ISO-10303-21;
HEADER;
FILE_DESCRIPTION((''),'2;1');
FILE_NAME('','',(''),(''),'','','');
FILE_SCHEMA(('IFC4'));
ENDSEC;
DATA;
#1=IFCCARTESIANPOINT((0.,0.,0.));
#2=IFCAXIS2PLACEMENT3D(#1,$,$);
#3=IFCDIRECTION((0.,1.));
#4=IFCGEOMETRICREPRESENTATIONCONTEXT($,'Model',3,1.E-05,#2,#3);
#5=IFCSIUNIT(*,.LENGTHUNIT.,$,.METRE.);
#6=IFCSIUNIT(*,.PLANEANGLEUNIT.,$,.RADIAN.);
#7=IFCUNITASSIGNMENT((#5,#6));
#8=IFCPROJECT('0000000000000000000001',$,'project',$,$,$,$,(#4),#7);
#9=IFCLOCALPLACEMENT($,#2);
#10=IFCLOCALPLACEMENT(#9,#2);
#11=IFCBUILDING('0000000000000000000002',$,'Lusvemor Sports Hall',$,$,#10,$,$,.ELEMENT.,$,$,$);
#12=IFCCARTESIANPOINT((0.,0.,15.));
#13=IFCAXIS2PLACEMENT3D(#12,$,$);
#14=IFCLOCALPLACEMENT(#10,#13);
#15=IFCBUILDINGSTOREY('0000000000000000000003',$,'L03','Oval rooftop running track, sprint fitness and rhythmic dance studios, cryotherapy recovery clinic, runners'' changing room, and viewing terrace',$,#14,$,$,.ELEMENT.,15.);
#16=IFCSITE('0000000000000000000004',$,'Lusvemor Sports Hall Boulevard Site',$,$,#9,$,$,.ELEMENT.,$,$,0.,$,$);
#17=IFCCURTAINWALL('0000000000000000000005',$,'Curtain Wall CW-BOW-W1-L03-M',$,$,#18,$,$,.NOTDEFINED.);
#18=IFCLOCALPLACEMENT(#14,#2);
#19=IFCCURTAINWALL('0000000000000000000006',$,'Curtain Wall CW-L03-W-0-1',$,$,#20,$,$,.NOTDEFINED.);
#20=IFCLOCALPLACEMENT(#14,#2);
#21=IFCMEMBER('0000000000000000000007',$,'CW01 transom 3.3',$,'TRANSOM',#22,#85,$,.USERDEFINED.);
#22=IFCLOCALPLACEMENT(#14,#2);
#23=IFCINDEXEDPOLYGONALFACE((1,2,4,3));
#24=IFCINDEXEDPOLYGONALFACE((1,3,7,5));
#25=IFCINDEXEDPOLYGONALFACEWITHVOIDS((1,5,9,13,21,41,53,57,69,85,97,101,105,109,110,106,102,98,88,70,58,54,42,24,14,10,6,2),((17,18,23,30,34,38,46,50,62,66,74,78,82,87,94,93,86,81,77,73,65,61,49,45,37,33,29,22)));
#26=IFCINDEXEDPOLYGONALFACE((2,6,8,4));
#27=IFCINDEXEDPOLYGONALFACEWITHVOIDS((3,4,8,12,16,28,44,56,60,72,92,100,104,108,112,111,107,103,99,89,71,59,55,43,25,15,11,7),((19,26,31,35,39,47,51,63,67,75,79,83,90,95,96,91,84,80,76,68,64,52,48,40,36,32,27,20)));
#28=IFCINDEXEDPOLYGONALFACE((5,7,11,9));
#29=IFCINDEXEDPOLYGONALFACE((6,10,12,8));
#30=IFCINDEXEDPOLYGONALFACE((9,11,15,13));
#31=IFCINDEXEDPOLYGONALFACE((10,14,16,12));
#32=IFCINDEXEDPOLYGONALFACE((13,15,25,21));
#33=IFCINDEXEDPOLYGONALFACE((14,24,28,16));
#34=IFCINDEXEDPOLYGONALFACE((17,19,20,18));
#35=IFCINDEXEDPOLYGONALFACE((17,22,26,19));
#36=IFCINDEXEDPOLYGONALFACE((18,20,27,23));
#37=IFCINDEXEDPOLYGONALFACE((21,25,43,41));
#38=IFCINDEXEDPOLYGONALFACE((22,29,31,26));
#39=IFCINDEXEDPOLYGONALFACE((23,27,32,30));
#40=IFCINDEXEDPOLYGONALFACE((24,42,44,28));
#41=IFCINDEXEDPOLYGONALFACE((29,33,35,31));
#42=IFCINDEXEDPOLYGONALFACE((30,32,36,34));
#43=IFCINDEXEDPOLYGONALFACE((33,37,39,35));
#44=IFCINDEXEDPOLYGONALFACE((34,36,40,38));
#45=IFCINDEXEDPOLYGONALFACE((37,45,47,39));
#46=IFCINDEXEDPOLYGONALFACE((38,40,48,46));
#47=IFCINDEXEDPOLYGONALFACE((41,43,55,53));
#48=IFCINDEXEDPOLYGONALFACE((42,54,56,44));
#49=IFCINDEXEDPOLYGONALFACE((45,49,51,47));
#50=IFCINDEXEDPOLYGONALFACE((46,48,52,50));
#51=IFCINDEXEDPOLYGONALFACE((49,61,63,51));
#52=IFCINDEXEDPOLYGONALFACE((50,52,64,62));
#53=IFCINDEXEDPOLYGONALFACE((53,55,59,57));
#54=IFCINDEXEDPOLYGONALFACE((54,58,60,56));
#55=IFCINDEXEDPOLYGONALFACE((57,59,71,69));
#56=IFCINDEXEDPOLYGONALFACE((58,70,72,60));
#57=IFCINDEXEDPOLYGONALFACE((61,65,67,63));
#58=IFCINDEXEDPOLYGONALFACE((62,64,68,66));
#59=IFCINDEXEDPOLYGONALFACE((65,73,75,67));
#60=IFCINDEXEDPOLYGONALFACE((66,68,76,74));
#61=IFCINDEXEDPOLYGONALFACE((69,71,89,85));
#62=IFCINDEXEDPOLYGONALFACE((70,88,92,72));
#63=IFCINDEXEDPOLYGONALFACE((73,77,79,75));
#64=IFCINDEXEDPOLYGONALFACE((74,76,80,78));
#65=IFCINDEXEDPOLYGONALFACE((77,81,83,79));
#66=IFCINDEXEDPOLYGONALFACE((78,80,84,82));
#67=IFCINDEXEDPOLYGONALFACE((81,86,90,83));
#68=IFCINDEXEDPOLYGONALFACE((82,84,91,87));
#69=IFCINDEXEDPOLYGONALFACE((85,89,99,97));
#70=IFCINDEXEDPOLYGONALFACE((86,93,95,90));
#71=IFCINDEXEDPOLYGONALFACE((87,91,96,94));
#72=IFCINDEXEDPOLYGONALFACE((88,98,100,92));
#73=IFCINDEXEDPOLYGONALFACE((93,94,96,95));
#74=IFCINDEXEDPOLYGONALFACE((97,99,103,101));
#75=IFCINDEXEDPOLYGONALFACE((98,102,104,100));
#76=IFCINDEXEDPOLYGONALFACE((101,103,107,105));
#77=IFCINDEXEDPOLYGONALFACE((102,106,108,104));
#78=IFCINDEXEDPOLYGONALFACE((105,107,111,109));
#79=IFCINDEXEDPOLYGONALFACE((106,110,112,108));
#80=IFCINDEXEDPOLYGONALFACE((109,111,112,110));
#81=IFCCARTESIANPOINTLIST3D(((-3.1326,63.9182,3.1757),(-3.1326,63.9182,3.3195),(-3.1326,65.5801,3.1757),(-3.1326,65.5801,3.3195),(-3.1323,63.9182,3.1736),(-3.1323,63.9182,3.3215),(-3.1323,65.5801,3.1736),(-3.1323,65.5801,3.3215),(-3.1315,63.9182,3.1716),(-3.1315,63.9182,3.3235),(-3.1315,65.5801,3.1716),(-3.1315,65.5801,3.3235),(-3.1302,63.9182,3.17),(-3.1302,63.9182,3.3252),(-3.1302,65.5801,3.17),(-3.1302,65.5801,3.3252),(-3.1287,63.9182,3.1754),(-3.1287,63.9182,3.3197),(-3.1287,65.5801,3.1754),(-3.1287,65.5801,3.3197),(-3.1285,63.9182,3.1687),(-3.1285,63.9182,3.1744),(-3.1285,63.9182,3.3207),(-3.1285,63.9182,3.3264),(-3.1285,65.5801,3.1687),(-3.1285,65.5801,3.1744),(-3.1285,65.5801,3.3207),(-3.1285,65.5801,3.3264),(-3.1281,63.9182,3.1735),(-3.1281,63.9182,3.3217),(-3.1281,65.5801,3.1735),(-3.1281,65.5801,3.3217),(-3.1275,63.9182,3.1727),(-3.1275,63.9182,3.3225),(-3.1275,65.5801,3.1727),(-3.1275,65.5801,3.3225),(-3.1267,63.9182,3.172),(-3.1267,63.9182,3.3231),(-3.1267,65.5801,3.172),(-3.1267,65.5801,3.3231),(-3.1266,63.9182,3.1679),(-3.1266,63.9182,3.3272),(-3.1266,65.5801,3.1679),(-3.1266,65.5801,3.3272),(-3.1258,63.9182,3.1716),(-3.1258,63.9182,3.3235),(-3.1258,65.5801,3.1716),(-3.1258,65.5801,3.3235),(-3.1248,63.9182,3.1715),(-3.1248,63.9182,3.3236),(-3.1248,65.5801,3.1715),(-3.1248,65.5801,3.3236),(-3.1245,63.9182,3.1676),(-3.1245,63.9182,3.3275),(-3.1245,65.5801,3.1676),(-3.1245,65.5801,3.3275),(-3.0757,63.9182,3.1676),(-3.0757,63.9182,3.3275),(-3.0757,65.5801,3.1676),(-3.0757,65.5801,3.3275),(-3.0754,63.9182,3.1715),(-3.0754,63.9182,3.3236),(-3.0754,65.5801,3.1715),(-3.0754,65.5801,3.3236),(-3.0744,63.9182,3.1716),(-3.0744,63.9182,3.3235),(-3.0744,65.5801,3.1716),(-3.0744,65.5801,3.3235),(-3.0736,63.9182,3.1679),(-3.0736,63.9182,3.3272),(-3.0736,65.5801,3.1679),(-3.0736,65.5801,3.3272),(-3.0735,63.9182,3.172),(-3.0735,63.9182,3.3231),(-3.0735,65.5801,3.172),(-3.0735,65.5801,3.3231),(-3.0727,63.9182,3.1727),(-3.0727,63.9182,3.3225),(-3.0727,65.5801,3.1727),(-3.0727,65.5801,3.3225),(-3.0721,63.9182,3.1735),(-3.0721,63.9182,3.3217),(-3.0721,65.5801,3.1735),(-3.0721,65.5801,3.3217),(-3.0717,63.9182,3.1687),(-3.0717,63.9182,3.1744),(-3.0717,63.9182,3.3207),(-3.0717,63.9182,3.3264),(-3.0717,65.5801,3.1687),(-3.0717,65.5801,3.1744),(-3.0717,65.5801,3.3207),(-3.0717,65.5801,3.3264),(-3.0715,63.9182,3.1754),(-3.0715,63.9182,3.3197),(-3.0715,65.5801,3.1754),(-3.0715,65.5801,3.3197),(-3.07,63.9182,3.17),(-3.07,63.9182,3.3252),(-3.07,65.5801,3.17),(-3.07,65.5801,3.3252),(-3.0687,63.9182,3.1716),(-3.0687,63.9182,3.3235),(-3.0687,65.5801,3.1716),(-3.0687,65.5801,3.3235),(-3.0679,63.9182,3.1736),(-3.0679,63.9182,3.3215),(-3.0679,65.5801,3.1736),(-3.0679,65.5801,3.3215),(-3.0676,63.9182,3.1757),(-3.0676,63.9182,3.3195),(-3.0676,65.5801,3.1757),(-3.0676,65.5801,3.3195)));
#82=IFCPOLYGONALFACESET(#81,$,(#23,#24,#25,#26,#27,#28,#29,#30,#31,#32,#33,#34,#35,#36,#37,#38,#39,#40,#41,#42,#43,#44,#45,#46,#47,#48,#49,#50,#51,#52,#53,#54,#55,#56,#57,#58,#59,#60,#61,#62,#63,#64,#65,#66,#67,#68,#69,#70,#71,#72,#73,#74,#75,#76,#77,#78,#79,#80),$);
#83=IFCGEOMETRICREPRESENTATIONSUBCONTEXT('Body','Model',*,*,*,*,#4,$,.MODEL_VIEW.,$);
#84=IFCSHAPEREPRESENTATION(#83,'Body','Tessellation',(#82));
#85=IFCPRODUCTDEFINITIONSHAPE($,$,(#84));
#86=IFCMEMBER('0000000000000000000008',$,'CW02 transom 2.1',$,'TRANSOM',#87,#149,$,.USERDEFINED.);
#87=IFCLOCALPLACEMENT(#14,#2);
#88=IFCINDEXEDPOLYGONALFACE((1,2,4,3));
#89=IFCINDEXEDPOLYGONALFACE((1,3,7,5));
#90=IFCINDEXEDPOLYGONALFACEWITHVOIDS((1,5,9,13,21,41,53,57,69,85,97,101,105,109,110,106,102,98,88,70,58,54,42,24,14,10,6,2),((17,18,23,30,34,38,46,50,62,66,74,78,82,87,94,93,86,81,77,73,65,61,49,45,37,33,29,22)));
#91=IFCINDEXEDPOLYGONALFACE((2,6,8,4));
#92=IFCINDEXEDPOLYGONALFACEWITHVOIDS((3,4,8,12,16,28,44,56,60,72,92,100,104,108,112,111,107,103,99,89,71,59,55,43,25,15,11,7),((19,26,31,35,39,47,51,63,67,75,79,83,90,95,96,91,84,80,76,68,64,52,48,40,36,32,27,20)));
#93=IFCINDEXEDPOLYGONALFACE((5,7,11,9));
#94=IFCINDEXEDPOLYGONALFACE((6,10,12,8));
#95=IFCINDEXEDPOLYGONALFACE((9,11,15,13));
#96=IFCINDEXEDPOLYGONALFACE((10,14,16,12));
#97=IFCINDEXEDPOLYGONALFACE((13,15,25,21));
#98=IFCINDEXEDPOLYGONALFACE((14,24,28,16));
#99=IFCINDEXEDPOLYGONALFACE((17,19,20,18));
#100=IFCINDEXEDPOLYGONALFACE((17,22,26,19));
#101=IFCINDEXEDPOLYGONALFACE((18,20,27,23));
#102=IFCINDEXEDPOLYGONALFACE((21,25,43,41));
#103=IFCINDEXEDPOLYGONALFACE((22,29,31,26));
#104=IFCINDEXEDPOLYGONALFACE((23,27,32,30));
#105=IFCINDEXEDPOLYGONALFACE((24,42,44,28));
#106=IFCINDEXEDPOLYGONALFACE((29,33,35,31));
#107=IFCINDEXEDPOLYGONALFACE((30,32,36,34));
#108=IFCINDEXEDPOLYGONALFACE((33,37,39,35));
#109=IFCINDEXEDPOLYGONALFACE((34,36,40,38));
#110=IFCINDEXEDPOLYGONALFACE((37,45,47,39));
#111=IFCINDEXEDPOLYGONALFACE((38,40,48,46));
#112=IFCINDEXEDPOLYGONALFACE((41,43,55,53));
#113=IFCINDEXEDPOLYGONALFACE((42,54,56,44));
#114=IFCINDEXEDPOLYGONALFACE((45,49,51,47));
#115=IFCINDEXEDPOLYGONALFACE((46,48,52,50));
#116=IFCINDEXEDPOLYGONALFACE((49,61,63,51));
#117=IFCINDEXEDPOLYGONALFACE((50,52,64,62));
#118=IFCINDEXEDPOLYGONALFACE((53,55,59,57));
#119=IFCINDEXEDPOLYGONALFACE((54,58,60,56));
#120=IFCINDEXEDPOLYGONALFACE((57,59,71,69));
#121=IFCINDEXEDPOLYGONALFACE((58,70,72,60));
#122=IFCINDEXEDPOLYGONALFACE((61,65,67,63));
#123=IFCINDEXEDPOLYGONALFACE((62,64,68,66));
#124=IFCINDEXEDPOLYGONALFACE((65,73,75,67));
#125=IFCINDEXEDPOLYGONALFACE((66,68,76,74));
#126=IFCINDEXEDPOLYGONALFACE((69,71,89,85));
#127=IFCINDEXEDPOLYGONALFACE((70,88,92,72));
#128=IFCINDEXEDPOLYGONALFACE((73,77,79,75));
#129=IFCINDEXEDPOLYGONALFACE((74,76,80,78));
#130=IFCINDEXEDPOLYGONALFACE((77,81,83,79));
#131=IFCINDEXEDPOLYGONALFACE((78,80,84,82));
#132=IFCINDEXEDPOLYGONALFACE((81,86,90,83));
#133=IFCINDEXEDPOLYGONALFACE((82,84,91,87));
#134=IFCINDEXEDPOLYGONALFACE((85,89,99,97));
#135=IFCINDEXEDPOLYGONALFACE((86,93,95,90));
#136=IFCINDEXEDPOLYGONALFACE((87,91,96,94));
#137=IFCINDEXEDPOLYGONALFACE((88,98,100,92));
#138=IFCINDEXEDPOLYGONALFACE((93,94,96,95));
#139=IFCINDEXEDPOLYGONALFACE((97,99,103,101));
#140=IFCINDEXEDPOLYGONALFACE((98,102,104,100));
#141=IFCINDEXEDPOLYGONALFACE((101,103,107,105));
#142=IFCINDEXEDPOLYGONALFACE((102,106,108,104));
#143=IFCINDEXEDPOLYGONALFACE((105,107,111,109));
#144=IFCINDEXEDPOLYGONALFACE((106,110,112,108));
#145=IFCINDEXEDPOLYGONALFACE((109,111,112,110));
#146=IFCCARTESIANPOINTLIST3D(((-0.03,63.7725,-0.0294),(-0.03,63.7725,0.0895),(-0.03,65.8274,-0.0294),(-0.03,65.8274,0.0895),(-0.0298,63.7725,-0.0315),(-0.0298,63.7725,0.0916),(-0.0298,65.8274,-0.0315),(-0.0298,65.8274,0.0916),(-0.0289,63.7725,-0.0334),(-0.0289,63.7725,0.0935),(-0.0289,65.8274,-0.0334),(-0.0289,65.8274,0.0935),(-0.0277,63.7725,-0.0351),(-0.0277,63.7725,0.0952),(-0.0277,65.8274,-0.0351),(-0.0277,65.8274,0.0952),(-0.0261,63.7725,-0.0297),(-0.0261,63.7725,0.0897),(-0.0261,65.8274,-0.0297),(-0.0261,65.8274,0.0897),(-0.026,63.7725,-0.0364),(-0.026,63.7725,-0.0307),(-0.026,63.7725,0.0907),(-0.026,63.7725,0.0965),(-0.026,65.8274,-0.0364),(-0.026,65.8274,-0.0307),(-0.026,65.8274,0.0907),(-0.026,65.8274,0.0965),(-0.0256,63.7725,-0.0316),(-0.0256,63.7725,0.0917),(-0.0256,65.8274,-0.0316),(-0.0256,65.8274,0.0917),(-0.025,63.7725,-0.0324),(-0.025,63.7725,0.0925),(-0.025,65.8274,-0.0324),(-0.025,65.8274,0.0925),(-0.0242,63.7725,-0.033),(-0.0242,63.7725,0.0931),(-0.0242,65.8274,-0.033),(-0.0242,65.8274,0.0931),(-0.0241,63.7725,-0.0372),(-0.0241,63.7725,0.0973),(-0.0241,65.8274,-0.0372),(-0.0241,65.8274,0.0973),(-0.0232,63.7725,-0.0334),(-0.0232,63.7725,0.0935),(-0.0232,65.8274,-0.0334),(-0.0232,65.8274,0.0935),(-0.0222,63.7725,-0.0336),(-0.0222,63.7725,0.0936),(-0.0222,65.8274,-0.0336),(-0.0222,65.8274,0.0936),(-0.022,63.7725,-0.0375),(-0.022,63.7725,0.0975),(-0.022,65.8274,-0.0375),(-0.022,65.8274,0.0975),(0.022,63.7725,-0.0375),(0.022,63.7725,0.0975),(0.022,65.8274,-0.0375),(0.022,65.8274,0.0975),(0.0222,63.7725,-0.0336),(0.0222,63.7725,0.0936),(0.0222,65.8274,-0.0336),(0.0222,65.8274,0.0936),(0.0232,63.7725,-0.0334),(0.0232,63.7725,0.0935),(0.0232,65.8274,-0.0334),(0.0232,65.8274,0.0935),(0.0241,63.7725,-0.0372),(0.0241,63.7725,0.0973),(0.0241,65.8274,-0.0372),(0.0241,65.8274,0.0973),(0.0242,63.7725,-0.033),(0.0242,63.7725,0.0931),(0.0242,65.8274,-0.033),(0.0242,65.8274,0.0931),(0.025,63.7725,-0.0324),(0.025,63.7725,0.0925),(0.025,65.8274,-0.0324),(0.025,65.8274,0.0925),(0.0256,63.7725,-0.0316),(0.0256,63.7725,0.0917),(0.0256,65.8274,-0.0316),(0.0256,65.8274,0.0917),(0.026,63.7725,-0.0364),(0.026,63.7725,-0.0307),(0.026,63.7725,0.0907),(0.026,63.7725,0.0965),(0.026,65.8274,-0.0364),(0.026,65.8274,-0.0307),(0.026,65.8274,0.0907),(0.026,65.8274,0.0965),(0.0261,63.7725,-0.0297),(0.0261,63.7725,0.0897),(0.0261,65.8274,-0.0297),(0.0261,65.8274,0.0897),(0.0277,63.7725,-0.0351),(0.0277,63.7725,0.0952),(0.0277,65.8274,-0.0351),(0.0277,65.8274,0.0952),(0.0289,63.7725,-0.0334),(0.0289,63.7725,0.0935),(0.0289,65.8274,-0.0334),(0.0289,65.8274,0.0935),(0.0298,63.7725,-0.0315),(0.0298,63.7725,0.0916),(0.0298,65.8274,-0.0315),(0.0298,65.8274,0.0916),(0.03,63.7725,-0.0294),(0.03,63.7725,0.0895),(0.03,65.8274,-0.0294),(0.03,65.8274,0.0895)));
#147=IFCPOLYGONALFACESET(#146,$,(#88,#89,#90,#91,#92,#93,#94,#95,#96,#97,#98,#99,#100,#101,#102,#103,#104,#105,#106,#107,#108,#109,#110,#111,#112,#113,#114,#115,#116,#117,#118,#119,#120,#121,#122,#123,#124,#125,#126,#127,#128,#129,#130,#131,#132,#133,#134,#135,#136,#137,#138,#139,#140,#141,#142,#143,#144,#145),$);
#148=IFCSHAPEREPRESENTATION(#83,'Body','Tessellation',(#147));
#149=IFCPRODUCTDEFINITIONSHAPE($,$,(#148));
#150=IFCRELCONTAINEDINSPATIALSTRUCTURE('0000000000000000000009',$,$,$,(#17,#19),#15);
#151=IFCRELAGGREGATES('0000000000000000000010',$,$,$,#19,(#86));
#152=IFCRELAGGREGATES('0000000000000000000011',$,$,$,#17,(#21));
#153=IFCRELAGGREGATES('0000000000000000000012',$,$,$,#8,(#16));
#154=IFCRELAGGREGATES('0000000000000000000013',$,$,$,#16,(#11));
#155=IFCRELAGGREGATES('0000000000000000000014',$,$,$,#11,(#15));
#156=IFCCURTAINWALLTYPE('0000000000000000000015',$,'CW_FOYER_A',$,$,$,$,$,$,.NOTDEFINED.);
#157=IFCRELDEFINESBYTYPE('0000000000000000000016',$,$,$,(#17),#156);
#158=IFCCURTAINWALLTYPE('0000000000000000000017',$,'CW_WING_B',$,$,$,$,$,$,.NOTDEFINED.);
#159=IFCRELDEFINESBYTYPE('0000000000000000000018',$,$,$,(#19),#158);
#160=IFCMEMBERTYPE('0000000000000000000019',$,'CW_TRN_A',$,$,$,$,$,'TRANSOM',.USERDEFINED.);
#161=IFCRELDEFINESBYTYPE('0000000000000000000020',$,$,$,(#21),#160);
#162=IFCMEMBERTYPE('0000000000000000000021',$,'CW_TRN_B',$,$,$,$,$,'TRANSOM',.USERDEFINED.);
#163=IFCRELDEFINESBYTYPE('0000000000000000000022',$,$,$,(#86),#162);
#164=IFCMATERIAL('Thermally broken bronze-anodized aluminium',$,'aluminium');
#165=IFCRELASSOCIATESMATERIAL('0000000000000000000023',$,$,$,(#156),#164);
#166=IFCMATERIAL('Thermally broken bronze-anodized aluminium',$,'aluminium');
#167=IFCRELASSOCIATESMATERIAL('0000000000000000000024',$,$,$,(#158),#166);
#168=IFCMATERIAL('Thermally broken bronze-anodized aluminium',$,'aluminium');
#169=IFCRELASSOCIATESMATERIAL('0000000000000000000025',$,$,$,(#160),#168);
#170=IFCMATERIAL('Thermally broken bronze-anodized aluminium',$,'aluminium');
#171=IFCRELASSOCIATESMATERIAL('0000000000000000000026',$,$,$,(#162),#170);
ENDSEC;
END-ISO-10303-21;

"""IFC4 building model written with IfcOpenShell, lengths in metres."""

from ifc_helpers import new_model, si_unit, direction, frame, origin, origin_2d, place, context, subcontext, project, spatial, hollow_rectangle, extrude, material, material_profile, profile_set, type_object, element, aggregate, save


model = new_model("IFC4")

# Units and contexts
model_context = context("Model", 3, precision=1e-05, world=origin(), true_north=direction((0.0, 1.0)))
body_context = subcontext(model_context, "Body", "Model", "MODEL_VIEW")
ifc_project = project(units=[si_unit("LENGTHUNIT", "METRE"), si_unit("PLANEANGLEUNIT", "RADIAN")], contexts=[model_context])

# Site, building, storey
site_placement = place(None, origin())
site = spatial("IfcSite", under=ifc_project, at=site_placement, Name="Lusvemor Sports Hall Boulevard Site", CompositionType="ELEMENT", RefElevation=0.0)
building_placement = place(site_placement, origin())
building = spatial("IfcBuilding", under=site, at=building_placement, Name="Lusvemor Sports Hall", CompositionType="ELEMENT")
storey_placement = place(building_placement, frame((0.0, 0.0, 15.0)))
storey = spatial("IfcBuildingStorey", under=building, at=storey_placement, Name="L03", Description="Oval rooftop running track, sprint fitness and rhythmic dance studios, cryotherapy recovery clinic, runners' changing room, and viewing terrace", CompositionType="ELEMENT", Elevation=15.0)

# Curtain walls
ifc_material_1 = material(Name="Thermally broken bronze-anodized aluminium", Category="aluminium")
curtain_wall_type_1 = type_object("IfcCurtainWallType", Name="CW_FOYER_A", PredefinedType="NOTDEFINED", material=ifc_material_1)
curtain_wall_1_placement = place(storey_placement, origin())
curtain_wall_1 = element("IfcCurtainWall", 1, at=curtain_wall_1_placement, inside=storey, type_object=curtain_wall_type_1, Name="Curtain Wall CW-BOW-W1-L03-M", PredefinedType="NOTDEFINED")
ifc_material_2 = material(Name="Thermally broken bronze-anodized aluminium", Category="aluminium")
curtain_wall_type_2 = type_object("IfcCurtainWallType", Name="CW_WING_B", PredefinedType="NOTDEFINED", material=ifc_material_2)
curtain_wall_2_placement = place(storey_placement, origin())
curtain_wall_2 = element("IfcCurtainWall", 2, at=curtain_wall_2_placement, inside=storey, type_object=curtain_wall_type_2, Name="Curtain Wall CW-L03-W-0-1", PredefinedType="NOTDEFINED")

# Members
ifc_material_3 = material(Name="Thermally broken bronze-anodized aluminium", Category="aluminium")
ifc_material_profile_1 = material_profile(ifc_material_3, hollow_rectangle(XDim=0.0649, YDim=0.1599, WallThickness=0.0039, InnerFilletRadius=0.0039, OuterFilletRadius=0.0081, at=origin_2d()), Name="CWTRN160x65x4")
ifc_profile_set_1 = profile_set([ifc_material_profile_1], Name="Thermally broken bronze-anodized aluminium")
member_type_1 = type_object("IfcMemberType", Name="CW_TRN_A", ElementType="TRANSOM", PredefinedType="USERDEFINED", material=ifc_profile_set_1)
member_1_placement = place(storey_placement, frame((-3.1001, 63.9182, 3.2476), z_axis=(0.0, 1.0, 0.0), x_axis=(-1.0, 0.0, 0.0)))
member_1 = element("IfcMember", 3, at=member_1_placement, type_object=member_type_1, Name="CW01 transom 3.3", ObjectType="TRANSOM", PredefinedType="USERDEFINED", context=body_context, shape_type="SweptSolid", body=[
    extrude(hollow_rectangle(XDim=0.0649, YDim=0.1599, WallThickness=0.0039, InnerFilletRadius=0.0039, OuterFilletRadius=0.0081, at=origin_2d()), origin(), (0.0, 0.0, 1.0), 1.6619),
])
ifc_material_4 = material(Name="Thermally broken bronze-anodized aluminium", Category="aluminium")
ifc_material_profile_2 = material_profile(ifc_material_4, hollow_rectangle(XDim=0.0601, YDim=0.135, WallThickness=0.0039, InnerFilletRadius=0.0039, OuterFilletRadius=0.0081, at=origin_2d()), Name="CWTRN135x60x4")
ifc_profile_set_2 = profile_set([ifc_material_profile_2], Name="Thermally broken bronze-anodized aluminium")
member_type_2 = type_object("IfcMemberType", Name="CW_TRN_B", ElementType="TRANSOM", PredefinedType="USERDEFINED", material=ifc_profile_set_2)
member_2_placement = place(storey_placement, frame((0.0, 63.7725, 0.03), z_axis=(0.0, 1.0, 0.0), x_axis=(-1.0, 0.0, 0.0)))
member_2 = element("IfcMember", 4, at=member_2_placement, type_object=member_type_2, Name="CW02 transom 2.1", ObjectType="TRANSOM", PredefinedType="USERDEFINED", context=body_context, shape_type="SweptSolid", body=[
    extrude(hollow_rectangle(XDim=0.0601, YDim=0.135, WallThickness=0.0039, InnerFilletRadius=0.0039, OuterFilletRadius=0.0081, at=origin_2d()), origin(), (0.0, 0.0, 1.0), 2.0549),
])

aggregate(curtain_wall_2, [member_2])
aggregate(curtain_wall_1, [member_1])

save(model, "model.ifc")
